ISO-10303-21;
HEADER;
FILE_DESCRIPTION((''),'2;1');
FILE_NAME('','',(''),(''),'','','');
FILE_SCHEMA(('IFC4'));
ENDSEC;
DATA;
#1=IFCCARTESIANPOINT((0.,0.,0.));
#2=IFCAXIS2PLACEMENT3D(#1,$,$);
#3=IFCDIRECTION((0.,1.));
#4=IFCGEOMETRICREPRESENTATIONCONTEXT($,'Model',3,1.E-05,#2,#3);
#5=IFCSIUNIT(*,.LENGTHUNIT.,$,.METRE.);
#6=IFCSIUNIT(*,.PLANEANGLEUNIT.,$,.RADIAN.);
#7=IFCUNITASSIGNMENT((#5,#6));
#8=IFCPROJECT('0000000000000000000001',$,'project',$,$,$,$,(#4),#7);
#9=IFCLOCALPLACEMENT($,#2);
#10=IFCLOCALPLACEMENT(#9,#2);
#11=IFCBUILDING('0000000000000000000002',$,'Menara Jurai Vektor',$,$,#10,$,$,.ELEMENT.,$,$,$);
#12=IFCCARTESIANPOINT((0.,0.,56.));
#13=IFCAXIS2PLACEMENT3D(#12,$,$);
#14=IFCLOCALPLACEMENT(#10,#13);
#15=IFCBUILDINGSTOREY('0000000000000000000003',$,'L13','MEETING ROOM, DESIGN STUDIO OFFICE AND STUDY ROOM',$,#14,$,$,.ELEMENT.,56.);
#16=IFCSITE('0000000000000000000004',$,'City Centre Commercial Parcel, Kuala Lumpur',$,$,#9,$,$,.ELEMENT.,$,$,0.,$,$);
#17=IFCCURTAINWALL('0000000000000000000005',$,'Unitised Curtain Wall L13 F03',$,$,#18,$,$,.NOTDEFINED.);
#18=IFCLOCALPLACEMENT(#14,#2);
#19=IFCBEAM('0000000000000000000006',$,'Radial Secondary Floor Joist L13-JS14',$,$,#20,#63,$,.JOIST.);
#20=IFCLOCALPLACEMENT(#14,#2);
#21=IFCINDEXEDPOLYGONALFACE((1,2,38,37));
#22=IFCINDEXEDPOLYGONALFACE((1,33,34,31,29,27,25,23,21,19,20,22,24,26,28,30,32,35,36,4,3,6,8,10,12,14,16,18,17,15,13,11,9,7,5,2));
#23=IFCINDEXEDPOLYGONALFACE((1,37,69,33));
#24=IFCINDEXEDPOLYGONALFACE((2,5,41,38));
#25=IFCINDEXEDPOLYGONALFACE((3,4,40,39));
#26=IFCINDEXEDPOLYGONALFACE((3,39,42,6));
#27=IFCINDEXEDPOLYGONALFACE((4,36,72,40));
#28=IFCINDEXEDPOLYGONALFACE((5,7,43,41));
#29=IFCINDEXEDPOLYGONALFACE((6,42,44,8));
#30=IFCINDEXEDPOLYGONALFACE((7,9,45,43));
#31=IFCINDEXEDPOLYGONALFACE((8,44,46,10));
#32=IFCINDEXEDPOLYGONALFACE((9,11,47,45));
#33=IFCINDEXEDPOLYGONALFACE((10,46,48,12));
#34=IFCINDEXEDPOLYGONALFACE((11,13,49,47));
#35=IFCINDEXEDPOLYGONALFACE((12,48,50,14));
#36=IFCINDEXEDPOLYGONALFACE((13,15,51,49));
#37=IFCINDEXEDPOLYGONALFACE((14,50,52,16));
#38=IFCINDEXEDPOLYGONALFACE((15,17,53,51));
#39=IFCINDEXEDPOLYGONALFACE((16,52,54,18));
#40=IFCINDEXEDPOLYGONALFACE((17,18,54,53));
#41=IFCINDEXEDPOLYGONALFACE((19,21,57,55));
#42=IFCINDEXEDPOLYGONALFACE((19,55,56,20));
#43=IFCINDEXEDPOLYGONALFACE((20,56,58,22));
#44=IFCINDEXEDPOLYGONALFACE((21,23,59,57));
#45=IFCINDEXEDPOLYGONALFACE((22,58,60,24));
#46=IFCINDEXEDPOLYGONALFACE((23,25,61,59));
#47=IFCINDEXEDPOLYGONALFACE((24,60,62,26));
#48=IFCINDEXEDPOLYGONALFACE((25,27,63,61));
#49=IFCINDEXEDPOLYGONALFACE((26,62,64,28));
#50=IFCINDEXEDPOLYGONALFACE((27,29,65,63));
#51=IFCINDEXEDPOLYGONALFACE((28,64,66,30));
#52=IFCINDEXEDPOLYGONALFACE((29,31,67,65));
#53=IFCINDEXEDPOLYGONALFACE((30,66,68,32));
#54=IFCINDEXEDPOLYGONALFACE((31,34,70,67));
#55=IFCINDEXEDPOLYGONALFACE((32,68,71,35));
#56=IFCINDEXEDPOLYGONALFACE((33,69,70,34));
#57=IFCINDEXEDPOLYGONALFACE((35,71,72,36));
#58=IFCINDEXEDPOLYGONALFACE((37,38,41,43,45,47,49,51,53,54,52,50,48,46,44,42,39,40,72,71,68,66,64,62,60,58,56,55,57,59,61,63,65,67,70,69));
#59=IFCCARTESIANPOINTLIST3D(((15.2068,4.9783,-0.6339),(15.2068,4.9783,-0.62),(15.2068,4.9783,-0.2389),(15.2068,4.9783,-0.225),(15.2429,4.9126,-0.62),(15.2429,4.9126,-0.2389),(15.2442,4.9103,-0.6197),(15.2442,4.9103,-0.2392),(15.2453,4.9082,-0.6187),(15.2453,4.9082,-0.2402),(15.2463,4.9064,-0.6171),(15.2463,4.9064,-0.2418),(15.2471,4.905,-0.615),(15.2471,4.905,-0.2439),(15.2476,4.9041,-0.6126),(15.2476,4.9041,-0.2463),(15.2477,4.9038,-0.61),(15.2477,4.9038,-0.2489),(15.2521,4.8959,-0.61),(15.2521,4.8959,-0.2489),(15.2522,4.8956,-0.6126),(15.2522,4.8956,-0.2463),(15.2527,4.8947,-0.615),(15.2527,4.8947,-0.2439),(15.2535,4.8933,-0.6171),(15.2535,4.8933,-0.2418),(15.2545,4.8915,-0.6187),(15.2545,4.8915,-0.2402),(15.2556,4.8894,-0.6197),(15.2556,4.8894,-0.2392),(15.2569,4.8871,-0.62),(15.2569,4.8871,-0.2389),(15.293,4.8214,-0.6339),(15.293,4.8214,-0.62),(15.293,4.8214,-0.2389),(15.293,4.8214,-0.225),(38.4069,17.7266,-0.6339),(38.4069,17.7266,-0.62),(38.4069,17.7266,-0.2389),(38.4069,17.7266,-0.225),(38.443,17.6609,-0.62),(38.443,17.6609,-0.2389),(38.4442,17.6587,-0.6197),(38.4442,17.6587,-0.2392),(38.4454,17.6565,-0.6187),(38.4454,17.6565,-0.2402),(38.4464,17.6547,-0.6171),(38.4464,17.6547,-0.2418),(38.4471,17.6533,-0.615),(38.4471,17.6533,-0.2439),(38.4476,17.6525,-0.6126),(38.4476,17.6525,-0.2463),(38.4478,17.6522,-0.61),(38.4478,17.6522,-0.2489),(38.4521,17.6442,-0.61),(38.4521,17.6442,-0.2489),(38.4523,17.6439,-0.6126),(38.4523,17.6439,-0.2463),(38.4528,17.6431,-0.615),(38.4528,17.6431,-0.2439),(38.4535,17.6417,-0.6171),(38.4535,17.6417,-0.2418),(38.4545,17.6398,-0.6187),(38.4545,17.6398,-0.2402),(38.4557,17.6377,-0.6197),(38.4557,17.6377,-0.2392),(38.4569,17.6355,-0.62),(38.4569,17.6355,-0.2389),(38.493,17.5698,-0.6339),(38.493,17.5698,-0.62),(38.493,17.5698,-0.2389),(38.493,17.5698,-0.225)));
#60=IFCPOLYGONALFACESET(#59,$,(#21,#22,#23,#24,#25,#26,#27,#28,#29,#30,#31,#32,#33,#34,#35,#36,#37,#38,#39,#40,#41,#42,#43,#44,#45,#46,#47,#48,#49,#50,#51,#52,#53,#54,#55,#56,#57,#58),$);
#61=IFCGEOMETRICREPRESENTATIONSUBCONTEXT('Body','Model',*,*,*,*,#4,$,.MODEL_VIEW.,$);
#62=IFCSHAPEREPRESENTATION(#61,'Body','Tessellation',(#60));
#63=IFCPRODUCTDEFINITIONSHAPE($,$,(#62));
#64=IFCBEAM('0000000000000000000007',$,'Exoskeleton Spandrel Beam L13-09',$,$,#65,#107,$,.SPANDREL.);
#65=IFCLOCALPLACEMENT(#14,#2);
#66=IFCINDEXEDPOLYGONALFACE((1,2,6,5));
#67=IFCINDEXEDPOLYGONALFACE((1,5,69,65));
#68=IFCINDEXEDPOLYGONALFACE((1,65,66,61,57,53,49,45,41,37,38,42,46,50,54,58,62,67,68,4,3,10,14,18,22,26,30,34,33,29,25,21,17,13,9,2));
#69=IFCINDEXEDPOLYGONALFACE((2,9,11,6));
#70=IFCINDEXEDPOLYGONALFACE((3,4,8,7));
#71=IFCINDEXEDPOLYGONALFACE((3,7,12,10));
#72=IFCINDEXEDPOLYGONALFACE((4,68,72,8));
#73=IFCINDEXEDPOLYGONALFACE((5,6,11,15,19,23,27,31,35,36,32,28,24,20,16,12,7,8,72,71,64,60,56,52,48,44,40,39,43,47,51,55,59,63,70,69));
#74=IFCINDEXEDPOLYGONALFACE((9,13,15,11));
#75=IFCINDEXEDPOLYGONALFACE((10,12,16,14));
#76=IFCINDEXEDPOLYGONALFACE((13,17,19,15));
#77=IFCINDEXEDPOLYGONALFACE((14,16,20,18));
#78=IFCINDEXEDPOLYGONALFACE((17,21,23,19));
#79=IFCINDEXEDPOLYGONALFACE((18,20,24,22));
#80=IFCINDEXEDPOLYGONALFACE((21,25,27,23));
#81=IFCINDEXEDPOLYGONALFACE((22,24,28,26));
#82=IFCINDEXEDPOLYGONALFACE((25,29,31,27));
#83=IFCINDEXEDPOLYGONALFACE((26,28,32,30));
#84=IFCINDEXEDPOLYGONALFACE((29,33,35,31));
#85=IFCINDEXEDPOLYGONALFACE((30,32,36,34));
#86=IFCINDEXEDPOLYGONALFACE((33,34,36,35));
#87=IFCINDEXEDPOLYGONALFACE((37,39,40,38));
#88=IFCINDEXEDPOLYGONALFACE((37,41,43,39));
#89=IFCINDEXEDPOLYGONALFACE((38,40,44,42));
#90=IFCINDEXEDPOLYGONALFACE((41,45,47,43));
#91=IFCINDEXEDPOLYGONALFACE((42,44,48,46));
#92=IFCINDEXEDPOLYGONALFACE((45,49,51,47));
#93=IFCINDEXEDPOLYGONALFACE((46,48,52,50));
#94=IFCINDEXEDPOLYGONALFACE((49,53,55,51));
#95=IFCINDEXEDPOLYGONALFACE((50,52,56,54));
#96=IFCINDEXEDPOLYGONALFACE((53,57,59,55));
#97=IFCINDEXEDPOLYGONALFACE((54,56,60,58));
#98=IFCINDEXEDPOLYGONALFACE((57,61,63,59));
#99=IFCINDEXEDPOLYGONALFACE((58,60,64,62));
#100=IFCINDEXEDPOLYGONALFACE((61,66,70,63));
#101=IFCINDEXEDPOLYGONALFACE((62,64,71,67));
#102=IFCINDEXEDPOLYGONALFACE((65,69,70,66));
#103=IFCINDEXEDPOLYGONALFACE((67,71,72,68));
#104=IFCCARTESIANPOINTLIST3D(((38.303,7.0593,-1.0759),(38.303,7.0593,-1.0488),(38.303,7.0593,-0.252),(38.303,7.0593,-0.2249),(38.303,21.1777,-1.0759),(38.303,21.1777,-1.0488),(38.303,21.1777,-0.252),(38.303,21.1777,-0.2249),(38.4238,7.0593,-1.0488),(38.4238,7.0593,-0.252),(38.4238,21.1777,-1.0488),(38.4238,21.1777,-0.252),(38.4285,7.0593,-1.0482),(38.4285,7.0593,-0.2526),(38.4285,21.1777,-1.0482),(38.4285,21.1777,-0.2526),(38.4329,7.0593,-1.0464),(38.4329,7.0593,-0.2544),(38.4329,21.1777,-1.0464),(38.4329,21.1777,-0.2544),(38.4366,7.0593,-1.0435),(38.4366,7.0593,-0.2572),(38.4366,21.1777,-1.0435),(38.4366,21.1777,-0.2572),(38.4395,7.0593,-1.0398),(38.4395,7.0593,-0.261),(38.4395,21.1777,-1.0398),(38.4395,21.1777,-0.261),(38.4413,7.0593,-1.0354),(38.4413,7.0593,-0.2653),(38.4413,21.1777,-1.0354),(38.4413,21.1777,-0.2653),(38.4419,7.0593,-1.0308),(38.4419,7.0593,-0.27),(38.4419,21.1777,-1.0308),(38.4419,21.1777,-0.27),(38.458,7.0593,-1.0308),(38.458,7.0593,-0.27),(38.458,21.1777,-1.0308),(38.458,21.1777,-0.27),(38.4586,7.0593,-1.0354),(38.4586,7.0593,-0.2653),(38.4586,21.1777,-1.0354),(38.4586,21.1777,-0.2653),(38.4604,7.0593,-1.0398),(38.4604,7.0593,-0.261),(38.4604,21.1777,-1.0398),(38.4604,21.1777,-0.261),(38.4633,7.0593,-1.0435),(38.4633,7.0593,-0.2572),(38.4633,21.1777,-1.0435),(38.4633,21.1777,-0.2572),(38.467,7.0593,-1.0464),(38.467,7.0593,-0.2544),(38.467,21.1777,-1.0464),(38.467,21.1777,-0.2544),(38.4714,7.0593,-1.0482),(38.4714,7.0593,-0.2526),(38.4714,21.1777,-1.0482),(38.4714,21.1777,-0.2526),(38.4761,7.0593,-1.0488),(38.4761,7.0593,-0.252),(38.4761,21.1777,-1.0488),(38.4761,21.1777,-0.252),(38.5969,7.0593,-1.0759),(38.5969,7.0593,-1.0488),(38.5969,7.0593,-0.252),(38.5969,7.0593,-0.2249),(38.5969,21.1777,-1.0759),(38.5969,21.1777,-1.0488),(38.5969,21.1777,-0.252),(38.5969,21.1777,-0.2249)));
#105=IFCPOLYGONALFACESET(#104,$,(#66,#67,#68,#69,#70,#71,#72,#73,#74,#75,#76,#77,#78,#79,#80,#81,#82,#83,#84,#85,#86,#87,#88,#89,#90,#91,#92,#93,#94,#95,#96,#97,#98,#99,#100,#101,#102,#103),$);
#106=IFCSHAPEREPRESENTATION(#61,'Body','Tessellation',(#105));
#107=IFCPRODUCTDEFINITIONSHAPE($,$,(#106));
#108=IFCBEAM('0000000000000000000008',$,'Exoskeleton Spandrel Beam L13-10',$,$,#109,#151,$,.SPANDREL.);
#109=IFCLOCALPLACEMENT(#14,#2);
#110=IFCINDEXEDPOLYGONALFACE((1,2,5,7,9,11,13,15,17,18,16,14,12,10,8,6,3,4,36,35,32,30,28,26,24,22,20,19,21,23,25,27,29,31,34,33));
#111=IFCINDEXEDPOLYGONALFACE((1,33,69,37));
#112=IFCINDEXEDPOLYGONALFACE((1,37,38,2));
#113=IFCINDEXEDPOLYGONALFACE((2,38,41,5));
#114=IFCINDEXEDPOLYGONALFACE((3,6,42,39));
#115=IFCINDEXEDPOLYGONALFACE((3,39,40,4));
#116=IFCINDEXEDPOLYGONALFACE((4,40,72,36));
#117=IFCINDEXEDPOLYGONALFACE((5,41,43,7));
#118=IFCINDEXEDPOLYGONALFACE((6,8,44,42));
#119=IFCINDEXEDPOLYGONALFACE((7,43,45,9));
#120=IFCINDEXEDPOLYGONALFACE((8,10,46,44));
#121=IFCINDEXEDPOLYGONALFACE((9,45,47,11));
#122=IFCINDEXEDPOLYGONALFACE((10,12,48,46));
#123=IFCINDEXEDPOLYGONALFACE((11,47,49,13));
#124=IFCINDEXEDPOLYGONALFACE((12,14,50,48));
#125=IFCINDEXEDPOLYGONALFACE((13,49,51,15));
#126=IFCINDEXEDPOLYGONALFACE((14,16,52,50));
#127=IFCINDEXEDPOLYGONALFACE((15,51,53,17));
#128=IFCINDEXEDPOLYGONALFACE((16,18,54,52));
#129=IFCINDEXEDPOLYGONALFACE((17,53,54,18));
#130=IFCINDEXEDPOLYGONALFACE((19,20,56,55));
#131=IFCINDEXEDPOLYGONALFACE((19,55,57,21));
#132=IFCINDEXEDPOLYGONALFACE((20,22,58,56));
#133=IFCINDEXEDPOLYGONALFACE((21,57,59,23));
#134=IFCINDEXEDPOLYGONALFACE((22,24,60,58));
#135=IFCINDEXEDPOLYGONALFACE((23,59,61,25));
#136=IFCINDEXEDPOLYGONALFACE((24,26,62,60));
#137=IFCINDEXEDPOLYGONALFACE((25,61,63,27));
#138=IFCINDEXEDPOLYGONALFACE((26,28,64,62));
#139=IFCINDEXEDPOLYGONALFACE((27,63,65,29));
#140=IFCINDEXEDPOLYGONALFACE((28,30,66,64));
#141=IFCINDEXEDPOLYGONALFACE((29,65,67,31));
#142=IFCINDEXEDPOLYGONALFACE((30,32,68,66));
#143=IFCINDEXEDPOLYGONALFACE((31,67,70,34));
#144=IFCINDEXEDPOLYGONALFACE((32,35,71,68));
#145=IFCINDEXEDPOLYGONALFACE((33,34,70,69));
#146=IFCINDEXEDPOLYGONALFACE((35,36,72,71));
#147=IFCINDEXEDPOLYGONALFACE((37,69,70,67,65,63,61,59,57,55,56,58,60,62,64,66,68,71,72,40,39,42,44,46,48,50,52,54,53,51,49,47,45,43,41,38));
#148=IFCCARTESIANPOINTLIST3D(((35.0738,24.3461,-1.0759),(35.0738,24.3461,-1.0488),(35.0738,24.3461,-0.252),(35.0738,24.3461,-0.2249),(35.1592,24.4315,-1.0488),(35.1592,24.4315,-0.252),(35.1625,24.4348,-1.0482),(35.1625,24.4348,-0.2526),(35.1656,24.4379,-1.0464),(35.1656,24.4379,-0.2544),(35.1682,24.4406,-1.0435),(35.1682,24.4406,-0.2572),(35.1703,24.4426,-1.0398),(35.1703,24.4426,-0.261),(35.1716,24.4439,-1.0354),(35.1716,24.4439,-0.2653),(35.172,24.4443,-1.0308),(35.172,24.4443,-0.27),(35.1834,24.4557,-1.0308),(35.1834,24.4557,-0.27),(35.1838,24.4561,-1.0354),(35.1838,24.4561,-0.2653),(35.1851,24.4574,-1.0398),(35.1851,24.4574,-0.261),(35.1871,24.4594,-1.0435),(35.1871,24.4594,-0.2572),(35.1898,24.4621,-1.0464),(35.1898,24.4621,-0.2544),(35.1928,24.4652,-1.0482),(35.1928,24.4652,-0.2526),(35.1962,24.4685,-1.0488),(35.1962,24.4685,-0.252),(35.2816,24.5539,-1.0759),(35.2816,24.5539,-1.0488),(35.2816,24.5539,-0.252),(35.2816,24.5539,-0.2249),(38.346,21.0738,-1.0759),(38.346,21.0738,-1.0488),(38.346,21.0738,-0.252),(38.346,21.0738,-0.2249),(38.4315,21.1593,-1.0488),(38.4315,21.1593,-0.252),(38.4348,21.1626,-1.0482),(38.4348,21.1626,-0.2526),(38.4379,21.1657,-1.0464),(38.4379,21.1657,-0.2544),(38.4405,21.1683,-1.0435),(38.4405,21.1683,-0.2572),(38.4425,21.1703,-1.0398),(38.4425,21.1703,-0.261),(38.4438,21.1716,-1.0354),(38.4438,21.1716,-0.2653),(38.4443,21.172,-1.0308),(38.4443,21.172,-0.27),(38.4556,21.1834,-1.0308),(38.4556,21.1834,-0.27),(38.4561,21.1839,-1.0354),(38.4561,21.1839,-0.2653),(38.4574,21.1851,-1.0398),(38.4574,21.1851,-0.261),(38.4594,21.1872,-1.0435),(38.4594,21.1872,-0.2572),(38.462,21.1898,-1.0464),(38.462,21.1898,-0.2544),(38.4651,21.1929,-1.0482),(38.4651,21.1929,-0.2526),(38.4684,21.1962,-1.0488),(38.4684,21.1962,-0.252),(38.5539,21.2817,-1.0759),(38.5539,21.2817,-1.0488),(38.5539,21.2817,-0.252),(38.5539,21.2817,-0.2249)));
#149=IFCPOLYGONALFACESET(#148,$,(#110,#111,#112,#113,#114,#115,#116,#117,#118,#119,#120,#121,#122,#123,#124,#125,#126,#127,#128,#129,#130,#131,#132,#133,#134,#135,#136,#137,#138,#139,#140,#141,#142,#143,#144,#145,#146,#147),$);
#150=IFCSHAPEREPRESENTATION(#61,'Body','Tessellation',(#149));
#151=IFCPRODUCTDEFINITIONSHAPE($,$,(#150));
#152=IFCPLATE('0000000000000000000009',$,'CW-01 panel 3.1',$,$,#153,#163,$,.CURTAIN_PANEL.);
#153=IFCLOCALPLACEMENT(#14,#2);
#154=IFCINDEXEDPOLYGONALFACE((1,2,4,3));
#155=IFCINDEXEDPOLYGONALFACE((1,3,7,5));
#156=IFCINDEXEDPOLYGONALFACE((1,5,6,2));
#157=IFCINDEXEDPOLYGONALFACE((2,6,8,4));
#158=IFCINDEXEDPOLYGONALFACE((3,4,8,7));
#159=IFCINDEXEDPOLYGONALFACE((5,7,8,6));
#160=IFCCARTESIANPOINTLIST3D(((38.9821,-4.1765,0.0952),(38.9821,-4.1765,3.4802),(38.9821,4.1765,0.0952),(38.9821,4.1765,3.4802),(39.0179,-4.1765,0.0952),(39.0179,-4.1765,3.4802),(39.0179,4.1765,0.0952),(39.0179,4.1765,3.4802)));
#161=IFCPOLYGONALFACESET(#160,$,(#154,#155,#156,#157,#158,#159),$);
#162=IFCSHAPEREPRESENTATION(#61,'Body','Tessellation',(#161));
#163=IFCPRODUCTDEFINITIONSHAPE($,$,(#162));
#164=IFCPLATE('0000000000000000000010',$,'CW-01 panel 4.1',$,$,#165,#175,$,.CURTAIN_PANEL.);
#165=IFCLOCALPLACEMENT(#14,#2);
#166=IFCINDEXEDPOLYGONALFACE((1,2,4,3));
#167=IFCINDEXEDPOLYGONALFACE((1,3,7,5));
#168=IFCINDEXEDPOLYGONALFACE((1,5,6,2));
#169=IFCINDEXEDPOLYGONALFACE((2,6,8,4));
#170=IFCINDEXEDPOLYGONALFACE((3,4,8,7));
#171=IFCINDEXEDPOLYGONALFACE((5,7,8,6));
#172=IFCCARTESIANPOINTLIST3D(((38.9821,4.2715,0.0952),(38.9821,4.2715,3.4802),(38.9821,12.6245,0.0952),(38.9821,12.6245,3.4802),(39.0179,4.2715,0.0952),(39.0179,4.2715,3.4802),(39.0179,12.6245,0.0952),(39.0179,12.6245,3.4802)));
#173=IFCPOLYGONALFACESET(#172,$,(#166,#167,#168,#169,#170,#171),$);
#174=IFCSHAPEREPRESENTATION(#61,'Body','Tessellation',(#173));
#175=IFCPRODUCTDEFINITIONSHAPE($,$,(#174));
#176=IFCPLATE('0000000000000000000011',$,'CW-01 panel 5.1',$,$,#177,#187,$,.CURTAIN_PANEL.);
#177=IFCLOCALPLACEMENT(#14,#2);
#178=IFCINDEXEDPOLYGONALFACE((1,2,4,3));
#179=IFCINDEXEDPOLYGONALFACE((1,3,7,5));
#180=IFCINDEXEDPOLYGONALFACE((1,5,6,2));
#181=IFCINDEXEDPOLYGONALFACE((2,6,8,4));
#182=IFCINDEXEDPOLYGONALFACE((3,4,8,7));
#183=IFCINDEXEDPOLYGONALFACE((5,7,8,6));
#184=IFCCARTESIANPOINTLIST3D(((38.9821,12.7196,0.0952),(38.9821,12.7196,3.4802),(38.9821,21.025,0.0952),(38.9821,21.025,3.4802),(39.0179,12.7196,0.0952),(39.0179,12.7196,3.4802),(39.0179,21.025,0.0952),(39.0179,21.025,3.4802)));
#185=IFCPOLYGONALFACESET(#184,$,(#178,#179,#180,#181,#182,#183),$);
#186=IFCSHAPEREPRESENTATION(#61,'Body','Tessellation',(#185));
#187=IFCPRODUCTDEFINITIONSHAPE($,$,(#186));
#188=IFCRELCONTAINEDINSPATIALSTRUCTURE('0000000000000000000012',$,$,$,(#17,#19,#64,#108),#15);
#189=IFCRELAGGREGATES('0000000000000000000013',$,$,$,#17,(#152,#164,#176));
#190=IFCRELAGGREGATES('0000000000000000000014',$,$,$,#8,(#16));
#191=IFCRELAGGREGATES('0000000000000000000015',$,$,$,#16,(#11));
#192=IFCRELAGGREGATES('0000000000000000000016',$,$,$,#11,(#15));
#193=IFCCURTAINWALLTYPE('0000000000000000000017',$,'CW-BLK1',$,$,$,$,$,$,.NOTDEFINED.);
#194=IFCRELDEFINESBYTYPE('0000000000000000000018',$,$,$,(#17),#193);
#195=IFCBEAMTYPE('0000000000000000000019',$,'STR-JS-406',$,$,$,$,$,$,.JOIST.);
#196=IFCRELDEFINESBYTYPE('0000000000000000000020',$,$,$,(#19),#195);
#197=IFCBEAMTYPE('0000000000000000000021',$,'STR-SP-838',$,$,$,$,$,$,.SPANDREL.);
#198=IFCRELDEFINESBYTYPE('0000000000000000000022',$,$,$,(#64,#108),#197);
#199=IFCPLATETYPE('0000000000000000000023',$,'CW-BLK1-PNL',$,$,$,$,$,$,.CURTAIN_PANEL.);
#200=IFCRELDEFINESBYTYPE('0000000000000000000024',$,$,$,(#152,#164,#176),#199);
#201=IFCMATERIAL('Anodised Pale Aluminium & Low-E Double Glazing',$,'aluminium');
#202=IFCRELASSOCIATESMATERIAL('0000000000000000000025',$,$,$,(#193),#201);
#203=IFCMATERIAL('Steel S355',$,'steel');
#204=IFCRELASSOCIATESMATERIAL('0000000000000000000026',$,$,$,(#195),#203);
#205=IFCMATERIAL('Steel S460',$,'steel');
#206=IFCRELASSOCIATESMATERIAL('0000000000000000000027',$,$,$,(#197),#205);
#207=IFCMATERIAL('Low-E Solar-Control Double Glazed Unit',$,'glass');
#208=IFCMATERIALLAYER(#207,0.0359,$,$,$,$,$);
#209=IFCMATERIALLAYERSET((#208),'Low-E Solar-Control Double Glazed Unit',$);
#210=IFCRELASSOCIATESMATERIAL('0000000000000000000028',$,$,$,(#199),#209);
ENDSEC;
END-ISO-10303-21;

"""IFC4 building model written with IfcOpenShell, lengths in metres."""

from ifc_helpers import new_model, si_unit, direction, frame, origin, origin_2d, place, context, subcontext, project, spatial, rectangle, i_section, extrude, material, layer, layer_set, material_profile, profile_set, type_object, element, aggregate, save


model = new_model("IFC4")

# Units and contexts
model_context = context("Model", 3, precision=1e-05, world=origin(), true_north=direction((0.0, 1.0)))
body_context = subcontext(model_context, "Body", "Model", "MODEL_VIEW")
ifc_project = project(units=[si_unit("LENGTHUNIT", "METRE"), si_unit("PLANEANGLEUNIT", "RADIAN")], contexts=[model_context])

# Site, building, storey
site_placement = place(None, origin())
site = spatial("IfcSite", under=ifc_project, at=site_placement, Name="City Centre Commercial Parcel, Kuala Lumpur", CompositionType="ELEMENT", RefElevation=0.0)
building_placement = place(site_placement, origin())
building = spatial("IfcBuilding", under=site, at=building_placement, Name="Menara Jurai Vektor", CompositionType="ELEMENT")
storey_placement = place(building_placement, frame((0.0, 0.0, 56.0)))
storey = spatial("IfcBuildingStorey", under=building, at=storey_placement, Name="L13", Description="MEETING ROOM, DESIGN STUDIO OFFICE AND STUDY ROOM", CompositionType="ELEMENT", Elevation=56.0)

# Shared definitions
ifc_material_1 = material(Name="Steel S460", Category="steel")

# Curtain wall
ifc_material_2 = material(Name="Anodised Pale Aluminium & Low-E Double Glazing", Category="aluminium")
curtain_wall_type = type_object("IfcCurtainWallType", Name="CW-BLK1", PredefinedType="NOTDEFINED", material=ifc_material_2)
curtain_wall_placement = place(storey_placement, origin())
curtain_wall = element("IfcCurtainWall", 1, at=curtain_wall_placement, inside=storey, type_object=curtain_wall_type, Name="Unitised Curtain Wall L13 F03", PredefinedType="NOTDEFINED")

# Beams
ifc_material_3 = material(Name="Steel S355", Category="steel")
ifc_material_profile_1 = material_profile(ifc_material_3, i_section(OverallWidth=0.179, OverallDepth=0.4089, WebThickness=0.009, FlangeThickness=0.0139, FilletRadius=0.01, at=origin_2d()), Name="UKB 406x178x67")
ifc_profile_set_1 = profile_set([ifc_material_profile_1], Name="Steel S355")
beam_type_1 = type_object("IfcBeamType", Name="STR-JS-406", PredefinedType="JOIST", material=ifc_profile_set_1)
beam_1_placement = place(storey_placement, frame((38.45, 17.6482, -0.4294), z_axis=(-0.876402, -0.48158, 0.0), x_axis=(0.48158, -0.876402, 0.0)))
element("IfcBeam", 2, at=beam_1_placement, inside=storey, type_object=beam_type_1, Name="Radial Secondary Floor Joist L13-JS14", PredefinedType="JOIST", context=body_context, shape_type="SweptSolid", body=[
    extrude(i_section(OverallWidth=0.179, OverallDepth=0.4089, WebThickness=0.009, FlangeThickness=0.0139, FilletRadius=0.01, at=origin_2d()), origin(), (0.0, 0.0, 1.0), 26.4719),
])
ifc_material_profile_2 = material_profile(ifc_material_1, i_section(OverallWidth=0.2939, OverallDepth=0.8511, WebThickness=0.0161, FlangeThickness=0.0271, FilletRadius=0.0181, at=origin_2d()), Name="UKB 838x292x226")
ifc_profile_set_2 = profile_set([ifc_material_profile_2], Name="Steel S460")
beam_type_2 = type_object("IfcBeamType", Name="STR-SP-838", PredefinedType="SPANDREL", material=ifc_profile_set_2)
beam_2_placement = place(storey_placement, frame((38.45, 7.0593, -0.6504), z_axis=(0.0, 1.0, 0.0), x_axis=(-1.0, 0.0, 0.0)))
element("IfcBeam", 3, at=beam_2_placement, inside=storey, type_object=beam_type_2, Name="Exoskeleton Spandrel Beam L13-09", PredefinedType="SPANDREL", context=body_context, shape_type="SweptSolid", body=[
    extrude(i_section(OverallWidth=0.2939, OverallDepth=0.8511, WebThickness=0.0161, FlangeThickness=0.0271, FilletRadius=0.0181, at=origin_2d()), origin(), (0.0, 0.0, 1.0), 14.1184),
])
beam_3_placement = place(storey_placement, frame((38.45, 21.1777, -0.6504), z_axis=(-0.707107, 0.707107, 0.0), x_axis=(-0.707107, -0.707107, 0.0)))
element("IfcBeam", 4, at=beam_3_placement, inside=storey, type_object=beam_type_2, Name="Exoskeleton Spandrel Beam L13-10", PredefinedType="SPANDREL", context=body_context, shape_type="SweptSolid", body=[
    extrude(i_section(OverallWidth=0.2939, OverallDepth=0.8511, WebThickness=0.0161, FlangeThickness=0.0271, FilletRadius=0.0181, at=origin_2d()), origin(), (0.0, 0.0, 1.0), 4.6277),
])

# Plates
ifc_material_4 = material(Name="Low-E Solar-Control Double Glazed Unit", Category="glass")
ifc_layer_1 = layer(ifc_material_4, 0.0359)
ifc_layer_set_1 = layer_set([ifc_layer_1], Name="Low-E Solar-Control Double Glazed Unit")
plate_type_1 = type_object("IfcPlateType", Name="CW-BLK1-PNL", PredefinedType="CURTAIN_PANEL", material=ifc_layer_set_1)
plate_1_placement = place(storey_placement, frame((39.0, 0.0, 0.0952), z_axis=(0.0, 0.0, 1.0), x_axis=(0.0, 1.0, 0.0)))
plate_1 = element("IfcPlate", 5, at=plate_1_placement, type_object=plate_type_1, Name="CW-01 panel 3.1", PredefinedType="CURTAIN_PANEL", context=body_context, shape_type="SweptSolid", body=[
    extrude(rectangle(XDim=8.353, YDim=0.0359, at=origin_2d()), origin(), (0.0, 0.0, 1.0), 3.385),
])
plate_2_placement = place(storey_placement, frame((39.0, 8.448, 0.0952), z_axis=(0.0, 0.0, 1.0), x_axis=(0.0, 1.0, 0.0)))
plate_2 = element("IfcPlate", 6, at=plate_2_placement, type_object=plate_type_1, Name="CW-01 panel 4.1", PredefinedType="CURTAIN_PANEL", context=body_context, shape_type="SweptSolid", body=[
    extrude(rectangle(XDim=8.353, YDim=0.0359, at=origin_2d()), origin(), (0.0, 0.0, 1.0), 3.385),
])
plate_3_placement = place(storey_placement, frame((39.0, 16.8723, 0.0952), z_axis=(0.0, 0.0, 1.0), x_axis=(0.0, 1.0, 0.0)))
plate_3 = element("IfcPlate", 7, at=plate_3_placement, type_object=plate_type_1, Name="CW-01 panel 5.1", PredefinedType="CURTAIN_PANEL", context=body_context, shape_type="SweptSolid", body=[
    extrude(rectangle(XDim=8.3054, YDim=0.0359, at=origin_2d()), origin(), (0.0, 0.0, 1.0), 3.385),
])
aggregate(curtain_wall, [plate_1, plate_2, plate_3])

save(model, "model.ifc")
